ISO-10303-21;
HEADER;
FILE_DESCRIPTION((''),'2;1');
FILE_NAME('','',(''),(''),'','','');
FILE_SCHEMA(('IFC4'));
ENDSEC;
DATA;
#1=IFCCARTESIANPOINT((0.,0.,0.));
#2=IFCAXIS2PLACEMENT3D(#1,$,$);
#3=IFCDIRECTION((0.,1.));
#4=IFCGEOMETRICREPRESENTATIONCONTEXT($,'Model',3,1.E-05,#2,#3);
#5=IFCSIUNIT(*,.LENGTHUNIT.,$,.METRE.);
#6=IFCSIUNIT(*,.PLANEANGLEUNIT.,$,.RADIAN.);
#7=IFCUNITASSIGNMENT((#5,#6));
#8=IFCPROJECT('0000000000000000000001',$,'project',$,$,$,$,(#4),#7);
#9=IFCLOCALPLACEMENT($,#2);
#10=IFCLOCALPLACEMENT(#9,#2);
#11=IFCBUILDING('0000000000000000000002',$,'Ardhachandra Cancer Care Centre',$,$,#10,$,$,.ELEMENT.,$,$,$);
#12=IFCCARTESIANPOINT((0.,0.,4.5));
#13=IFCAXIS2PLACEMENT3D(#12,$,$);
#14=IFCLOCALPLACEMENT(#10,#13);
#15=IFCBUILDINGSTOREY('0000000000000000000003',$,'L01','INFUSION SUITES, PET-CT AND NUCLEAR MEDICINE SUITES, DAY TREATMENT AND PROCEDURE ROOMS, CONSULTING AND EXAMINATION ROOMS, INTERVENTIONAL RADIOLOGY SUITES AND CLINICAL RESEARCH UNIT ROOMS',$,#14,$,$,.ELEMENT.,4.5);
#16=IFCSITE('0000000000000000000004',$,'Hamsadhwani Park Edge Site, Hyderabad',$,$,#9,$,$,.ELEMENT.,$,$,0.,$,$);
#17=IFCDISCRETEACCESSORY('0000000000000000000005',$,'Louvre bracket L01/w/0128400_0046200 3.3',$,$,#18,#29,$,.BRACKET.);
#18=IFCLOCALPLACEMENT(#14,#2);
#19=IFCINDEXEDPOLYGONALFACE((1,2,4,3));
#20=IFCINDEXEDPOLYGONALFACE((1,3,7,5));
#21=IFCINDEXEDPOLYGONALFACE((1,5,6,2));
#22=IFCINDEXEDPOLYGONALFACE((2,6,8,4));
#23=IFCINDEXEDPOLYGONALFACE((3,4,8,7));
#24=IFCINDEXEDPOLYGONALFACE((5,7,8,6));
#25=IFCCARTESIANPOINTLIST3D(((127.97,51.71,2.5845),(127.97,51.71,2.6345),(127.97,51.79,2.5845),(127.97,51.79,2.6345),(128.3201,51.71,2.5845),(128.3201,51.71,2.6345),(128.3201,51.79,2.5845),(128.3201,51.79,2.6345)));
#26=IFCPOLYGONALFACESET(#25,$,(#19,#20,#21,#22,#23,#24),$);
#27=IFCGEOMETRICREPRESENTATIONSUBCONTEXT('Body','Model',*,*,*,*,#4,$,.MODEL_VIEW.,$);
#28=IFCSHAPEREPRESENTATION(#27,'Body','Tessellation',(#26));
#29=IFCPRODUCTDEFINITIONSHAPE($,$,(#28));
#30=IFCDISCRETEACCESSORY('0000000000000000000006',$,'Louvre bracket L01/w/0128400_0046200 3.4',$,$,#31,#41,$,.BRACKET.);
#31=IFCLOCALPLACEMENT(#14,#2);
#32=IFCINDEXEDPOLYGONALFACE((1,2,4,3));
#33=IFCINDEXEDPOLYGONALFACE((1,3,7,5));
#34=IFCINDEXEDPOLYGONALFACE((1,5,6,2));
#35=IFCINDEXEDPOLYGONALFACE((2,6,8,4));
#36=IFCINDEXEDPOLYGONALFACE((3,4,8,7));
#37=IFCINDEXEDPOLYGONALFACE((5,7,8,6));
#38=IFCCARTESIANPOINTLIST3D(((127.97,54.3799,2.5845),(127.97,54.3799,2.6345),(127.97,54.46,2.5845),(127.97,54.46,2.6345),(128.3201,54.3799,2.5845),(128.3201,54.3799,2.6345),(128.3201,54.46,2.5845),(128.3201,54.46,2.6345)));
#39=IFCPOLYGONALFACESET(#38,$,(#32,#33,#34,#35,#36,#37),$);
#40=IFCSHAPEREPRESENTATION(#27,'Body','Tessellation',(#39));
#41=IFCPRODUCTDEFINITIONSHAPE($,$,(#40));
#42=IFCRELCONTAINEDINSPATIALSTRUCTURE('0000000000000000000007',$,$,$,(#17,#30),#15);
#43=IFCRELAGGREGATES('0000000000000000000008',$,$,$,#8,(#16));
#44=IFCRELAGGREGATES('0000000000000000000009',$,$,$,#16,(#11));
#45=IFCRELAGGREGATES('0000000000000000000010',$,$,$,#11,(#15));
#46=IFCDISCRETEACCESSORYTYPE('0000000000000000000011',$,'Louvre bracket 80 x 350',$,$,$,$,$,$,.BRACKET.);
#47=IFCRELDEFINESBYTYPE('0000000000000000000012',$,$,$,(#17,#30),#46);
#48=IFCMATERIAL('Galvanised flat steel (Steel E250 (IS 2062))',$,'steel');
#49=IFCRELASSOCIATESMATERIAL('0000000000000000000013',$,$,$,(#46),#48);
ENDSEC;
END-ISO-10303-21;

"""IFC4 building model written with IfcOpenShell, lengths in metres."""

from ifc_helpers import new_model, si_unit, direction, frame, origin, origin_2d, place, context, subcontext, project, spatial, rectangle, extrude, material, type_object, element, save


model = new_model("IFC4")

# Units and contexts
model_context = context("Model", 3, precision=1e-05, world=origin(), true_north=direction((0.0, 1.0)))
body_context = subcontext(model_context, "Body", "Model", "MODEL_VIEW")
ifc_project = project(units=[si_unit("LENGTHUNIT", "METRE"), si_unit("PLANEANGLEUNIT", "RADIAN")], contexts=[model_context])

# Site, building, storey
site_placement = place(None, origin())
site = spatial("IfcSite", under=ifc_project, at=site_placement, Name="Hamsadhwani Park Edge Site, Hyderabad", CompositionType="ELEMENT", RefElevation=0.0)
building_placement = place(site_placement, origin())
building = spatial("IfcBuilding", under=site, at=building_placement, Name="Ardhachandra Cancer Care Centre", CompositionType="ELEMENT")
storey_placement = place(building_placement, frame((0.0, 0.0, 4.5)))
storey = spatial("IfcBuildingStorey", under=building, at=storey_placement, Name="L01", Description="INFUSION SUITES, PET-CT AND NUCLEAR MEDICINE SUITES, DAY TREATMENT AND PROCEDURE ROOMS, CONSULTING AND EXAMINATION ROOMS, INTERVENTIONAL RADIOLOGY SUITES AND CLINICAL RESEARCH UNIT ROOMS", CompositionType="ELEMENT", Elevation=4.5)

# Discrete accessories
ifc_material_1 = material(Name="Galvanised flat steel (Steel E250 (IS 2062))", Category="steel")
discrete_accessory_type = type_object("IfcDiscreteAccessoryType", Name="Louvre bracket 80 x 350", PredefinedType="BRACKET", material=ifc_material_1)
for number, where, z_axis, x_axis, name in (
    (1, (128.145, 51.75, 2.5845), (0.0, 0.0, 1.0), (0.0, 1.0, 0.0), "Louvre bracket L01/w/0128400_0046200 3.3"),
    (2, (128.145, 54.4199, 2.5845), (0.0, 0.0, 1.0), (0.0, 1.0, 0.0), "Louvre bracket L01/w/0128400_0046200 3.4"),
):
    element("IfcDiscreteAccessory", number, at=place(storey_placement, frame(where, z_axis=z_axis, x_axis=x_axis)), inside=storey, type_object=discrete_accessory_type, Name=name, PredefinedType="BRACKET", context=body_context, shape_type="SweptSolid", body=[
        extrude(rectangle(XDim=0.0801, YDim=0.3501, at=origin_2d()), origin(), (0.0, 0.0, 1.0), 0.05),
    ])

save(model, "model.ifc")
